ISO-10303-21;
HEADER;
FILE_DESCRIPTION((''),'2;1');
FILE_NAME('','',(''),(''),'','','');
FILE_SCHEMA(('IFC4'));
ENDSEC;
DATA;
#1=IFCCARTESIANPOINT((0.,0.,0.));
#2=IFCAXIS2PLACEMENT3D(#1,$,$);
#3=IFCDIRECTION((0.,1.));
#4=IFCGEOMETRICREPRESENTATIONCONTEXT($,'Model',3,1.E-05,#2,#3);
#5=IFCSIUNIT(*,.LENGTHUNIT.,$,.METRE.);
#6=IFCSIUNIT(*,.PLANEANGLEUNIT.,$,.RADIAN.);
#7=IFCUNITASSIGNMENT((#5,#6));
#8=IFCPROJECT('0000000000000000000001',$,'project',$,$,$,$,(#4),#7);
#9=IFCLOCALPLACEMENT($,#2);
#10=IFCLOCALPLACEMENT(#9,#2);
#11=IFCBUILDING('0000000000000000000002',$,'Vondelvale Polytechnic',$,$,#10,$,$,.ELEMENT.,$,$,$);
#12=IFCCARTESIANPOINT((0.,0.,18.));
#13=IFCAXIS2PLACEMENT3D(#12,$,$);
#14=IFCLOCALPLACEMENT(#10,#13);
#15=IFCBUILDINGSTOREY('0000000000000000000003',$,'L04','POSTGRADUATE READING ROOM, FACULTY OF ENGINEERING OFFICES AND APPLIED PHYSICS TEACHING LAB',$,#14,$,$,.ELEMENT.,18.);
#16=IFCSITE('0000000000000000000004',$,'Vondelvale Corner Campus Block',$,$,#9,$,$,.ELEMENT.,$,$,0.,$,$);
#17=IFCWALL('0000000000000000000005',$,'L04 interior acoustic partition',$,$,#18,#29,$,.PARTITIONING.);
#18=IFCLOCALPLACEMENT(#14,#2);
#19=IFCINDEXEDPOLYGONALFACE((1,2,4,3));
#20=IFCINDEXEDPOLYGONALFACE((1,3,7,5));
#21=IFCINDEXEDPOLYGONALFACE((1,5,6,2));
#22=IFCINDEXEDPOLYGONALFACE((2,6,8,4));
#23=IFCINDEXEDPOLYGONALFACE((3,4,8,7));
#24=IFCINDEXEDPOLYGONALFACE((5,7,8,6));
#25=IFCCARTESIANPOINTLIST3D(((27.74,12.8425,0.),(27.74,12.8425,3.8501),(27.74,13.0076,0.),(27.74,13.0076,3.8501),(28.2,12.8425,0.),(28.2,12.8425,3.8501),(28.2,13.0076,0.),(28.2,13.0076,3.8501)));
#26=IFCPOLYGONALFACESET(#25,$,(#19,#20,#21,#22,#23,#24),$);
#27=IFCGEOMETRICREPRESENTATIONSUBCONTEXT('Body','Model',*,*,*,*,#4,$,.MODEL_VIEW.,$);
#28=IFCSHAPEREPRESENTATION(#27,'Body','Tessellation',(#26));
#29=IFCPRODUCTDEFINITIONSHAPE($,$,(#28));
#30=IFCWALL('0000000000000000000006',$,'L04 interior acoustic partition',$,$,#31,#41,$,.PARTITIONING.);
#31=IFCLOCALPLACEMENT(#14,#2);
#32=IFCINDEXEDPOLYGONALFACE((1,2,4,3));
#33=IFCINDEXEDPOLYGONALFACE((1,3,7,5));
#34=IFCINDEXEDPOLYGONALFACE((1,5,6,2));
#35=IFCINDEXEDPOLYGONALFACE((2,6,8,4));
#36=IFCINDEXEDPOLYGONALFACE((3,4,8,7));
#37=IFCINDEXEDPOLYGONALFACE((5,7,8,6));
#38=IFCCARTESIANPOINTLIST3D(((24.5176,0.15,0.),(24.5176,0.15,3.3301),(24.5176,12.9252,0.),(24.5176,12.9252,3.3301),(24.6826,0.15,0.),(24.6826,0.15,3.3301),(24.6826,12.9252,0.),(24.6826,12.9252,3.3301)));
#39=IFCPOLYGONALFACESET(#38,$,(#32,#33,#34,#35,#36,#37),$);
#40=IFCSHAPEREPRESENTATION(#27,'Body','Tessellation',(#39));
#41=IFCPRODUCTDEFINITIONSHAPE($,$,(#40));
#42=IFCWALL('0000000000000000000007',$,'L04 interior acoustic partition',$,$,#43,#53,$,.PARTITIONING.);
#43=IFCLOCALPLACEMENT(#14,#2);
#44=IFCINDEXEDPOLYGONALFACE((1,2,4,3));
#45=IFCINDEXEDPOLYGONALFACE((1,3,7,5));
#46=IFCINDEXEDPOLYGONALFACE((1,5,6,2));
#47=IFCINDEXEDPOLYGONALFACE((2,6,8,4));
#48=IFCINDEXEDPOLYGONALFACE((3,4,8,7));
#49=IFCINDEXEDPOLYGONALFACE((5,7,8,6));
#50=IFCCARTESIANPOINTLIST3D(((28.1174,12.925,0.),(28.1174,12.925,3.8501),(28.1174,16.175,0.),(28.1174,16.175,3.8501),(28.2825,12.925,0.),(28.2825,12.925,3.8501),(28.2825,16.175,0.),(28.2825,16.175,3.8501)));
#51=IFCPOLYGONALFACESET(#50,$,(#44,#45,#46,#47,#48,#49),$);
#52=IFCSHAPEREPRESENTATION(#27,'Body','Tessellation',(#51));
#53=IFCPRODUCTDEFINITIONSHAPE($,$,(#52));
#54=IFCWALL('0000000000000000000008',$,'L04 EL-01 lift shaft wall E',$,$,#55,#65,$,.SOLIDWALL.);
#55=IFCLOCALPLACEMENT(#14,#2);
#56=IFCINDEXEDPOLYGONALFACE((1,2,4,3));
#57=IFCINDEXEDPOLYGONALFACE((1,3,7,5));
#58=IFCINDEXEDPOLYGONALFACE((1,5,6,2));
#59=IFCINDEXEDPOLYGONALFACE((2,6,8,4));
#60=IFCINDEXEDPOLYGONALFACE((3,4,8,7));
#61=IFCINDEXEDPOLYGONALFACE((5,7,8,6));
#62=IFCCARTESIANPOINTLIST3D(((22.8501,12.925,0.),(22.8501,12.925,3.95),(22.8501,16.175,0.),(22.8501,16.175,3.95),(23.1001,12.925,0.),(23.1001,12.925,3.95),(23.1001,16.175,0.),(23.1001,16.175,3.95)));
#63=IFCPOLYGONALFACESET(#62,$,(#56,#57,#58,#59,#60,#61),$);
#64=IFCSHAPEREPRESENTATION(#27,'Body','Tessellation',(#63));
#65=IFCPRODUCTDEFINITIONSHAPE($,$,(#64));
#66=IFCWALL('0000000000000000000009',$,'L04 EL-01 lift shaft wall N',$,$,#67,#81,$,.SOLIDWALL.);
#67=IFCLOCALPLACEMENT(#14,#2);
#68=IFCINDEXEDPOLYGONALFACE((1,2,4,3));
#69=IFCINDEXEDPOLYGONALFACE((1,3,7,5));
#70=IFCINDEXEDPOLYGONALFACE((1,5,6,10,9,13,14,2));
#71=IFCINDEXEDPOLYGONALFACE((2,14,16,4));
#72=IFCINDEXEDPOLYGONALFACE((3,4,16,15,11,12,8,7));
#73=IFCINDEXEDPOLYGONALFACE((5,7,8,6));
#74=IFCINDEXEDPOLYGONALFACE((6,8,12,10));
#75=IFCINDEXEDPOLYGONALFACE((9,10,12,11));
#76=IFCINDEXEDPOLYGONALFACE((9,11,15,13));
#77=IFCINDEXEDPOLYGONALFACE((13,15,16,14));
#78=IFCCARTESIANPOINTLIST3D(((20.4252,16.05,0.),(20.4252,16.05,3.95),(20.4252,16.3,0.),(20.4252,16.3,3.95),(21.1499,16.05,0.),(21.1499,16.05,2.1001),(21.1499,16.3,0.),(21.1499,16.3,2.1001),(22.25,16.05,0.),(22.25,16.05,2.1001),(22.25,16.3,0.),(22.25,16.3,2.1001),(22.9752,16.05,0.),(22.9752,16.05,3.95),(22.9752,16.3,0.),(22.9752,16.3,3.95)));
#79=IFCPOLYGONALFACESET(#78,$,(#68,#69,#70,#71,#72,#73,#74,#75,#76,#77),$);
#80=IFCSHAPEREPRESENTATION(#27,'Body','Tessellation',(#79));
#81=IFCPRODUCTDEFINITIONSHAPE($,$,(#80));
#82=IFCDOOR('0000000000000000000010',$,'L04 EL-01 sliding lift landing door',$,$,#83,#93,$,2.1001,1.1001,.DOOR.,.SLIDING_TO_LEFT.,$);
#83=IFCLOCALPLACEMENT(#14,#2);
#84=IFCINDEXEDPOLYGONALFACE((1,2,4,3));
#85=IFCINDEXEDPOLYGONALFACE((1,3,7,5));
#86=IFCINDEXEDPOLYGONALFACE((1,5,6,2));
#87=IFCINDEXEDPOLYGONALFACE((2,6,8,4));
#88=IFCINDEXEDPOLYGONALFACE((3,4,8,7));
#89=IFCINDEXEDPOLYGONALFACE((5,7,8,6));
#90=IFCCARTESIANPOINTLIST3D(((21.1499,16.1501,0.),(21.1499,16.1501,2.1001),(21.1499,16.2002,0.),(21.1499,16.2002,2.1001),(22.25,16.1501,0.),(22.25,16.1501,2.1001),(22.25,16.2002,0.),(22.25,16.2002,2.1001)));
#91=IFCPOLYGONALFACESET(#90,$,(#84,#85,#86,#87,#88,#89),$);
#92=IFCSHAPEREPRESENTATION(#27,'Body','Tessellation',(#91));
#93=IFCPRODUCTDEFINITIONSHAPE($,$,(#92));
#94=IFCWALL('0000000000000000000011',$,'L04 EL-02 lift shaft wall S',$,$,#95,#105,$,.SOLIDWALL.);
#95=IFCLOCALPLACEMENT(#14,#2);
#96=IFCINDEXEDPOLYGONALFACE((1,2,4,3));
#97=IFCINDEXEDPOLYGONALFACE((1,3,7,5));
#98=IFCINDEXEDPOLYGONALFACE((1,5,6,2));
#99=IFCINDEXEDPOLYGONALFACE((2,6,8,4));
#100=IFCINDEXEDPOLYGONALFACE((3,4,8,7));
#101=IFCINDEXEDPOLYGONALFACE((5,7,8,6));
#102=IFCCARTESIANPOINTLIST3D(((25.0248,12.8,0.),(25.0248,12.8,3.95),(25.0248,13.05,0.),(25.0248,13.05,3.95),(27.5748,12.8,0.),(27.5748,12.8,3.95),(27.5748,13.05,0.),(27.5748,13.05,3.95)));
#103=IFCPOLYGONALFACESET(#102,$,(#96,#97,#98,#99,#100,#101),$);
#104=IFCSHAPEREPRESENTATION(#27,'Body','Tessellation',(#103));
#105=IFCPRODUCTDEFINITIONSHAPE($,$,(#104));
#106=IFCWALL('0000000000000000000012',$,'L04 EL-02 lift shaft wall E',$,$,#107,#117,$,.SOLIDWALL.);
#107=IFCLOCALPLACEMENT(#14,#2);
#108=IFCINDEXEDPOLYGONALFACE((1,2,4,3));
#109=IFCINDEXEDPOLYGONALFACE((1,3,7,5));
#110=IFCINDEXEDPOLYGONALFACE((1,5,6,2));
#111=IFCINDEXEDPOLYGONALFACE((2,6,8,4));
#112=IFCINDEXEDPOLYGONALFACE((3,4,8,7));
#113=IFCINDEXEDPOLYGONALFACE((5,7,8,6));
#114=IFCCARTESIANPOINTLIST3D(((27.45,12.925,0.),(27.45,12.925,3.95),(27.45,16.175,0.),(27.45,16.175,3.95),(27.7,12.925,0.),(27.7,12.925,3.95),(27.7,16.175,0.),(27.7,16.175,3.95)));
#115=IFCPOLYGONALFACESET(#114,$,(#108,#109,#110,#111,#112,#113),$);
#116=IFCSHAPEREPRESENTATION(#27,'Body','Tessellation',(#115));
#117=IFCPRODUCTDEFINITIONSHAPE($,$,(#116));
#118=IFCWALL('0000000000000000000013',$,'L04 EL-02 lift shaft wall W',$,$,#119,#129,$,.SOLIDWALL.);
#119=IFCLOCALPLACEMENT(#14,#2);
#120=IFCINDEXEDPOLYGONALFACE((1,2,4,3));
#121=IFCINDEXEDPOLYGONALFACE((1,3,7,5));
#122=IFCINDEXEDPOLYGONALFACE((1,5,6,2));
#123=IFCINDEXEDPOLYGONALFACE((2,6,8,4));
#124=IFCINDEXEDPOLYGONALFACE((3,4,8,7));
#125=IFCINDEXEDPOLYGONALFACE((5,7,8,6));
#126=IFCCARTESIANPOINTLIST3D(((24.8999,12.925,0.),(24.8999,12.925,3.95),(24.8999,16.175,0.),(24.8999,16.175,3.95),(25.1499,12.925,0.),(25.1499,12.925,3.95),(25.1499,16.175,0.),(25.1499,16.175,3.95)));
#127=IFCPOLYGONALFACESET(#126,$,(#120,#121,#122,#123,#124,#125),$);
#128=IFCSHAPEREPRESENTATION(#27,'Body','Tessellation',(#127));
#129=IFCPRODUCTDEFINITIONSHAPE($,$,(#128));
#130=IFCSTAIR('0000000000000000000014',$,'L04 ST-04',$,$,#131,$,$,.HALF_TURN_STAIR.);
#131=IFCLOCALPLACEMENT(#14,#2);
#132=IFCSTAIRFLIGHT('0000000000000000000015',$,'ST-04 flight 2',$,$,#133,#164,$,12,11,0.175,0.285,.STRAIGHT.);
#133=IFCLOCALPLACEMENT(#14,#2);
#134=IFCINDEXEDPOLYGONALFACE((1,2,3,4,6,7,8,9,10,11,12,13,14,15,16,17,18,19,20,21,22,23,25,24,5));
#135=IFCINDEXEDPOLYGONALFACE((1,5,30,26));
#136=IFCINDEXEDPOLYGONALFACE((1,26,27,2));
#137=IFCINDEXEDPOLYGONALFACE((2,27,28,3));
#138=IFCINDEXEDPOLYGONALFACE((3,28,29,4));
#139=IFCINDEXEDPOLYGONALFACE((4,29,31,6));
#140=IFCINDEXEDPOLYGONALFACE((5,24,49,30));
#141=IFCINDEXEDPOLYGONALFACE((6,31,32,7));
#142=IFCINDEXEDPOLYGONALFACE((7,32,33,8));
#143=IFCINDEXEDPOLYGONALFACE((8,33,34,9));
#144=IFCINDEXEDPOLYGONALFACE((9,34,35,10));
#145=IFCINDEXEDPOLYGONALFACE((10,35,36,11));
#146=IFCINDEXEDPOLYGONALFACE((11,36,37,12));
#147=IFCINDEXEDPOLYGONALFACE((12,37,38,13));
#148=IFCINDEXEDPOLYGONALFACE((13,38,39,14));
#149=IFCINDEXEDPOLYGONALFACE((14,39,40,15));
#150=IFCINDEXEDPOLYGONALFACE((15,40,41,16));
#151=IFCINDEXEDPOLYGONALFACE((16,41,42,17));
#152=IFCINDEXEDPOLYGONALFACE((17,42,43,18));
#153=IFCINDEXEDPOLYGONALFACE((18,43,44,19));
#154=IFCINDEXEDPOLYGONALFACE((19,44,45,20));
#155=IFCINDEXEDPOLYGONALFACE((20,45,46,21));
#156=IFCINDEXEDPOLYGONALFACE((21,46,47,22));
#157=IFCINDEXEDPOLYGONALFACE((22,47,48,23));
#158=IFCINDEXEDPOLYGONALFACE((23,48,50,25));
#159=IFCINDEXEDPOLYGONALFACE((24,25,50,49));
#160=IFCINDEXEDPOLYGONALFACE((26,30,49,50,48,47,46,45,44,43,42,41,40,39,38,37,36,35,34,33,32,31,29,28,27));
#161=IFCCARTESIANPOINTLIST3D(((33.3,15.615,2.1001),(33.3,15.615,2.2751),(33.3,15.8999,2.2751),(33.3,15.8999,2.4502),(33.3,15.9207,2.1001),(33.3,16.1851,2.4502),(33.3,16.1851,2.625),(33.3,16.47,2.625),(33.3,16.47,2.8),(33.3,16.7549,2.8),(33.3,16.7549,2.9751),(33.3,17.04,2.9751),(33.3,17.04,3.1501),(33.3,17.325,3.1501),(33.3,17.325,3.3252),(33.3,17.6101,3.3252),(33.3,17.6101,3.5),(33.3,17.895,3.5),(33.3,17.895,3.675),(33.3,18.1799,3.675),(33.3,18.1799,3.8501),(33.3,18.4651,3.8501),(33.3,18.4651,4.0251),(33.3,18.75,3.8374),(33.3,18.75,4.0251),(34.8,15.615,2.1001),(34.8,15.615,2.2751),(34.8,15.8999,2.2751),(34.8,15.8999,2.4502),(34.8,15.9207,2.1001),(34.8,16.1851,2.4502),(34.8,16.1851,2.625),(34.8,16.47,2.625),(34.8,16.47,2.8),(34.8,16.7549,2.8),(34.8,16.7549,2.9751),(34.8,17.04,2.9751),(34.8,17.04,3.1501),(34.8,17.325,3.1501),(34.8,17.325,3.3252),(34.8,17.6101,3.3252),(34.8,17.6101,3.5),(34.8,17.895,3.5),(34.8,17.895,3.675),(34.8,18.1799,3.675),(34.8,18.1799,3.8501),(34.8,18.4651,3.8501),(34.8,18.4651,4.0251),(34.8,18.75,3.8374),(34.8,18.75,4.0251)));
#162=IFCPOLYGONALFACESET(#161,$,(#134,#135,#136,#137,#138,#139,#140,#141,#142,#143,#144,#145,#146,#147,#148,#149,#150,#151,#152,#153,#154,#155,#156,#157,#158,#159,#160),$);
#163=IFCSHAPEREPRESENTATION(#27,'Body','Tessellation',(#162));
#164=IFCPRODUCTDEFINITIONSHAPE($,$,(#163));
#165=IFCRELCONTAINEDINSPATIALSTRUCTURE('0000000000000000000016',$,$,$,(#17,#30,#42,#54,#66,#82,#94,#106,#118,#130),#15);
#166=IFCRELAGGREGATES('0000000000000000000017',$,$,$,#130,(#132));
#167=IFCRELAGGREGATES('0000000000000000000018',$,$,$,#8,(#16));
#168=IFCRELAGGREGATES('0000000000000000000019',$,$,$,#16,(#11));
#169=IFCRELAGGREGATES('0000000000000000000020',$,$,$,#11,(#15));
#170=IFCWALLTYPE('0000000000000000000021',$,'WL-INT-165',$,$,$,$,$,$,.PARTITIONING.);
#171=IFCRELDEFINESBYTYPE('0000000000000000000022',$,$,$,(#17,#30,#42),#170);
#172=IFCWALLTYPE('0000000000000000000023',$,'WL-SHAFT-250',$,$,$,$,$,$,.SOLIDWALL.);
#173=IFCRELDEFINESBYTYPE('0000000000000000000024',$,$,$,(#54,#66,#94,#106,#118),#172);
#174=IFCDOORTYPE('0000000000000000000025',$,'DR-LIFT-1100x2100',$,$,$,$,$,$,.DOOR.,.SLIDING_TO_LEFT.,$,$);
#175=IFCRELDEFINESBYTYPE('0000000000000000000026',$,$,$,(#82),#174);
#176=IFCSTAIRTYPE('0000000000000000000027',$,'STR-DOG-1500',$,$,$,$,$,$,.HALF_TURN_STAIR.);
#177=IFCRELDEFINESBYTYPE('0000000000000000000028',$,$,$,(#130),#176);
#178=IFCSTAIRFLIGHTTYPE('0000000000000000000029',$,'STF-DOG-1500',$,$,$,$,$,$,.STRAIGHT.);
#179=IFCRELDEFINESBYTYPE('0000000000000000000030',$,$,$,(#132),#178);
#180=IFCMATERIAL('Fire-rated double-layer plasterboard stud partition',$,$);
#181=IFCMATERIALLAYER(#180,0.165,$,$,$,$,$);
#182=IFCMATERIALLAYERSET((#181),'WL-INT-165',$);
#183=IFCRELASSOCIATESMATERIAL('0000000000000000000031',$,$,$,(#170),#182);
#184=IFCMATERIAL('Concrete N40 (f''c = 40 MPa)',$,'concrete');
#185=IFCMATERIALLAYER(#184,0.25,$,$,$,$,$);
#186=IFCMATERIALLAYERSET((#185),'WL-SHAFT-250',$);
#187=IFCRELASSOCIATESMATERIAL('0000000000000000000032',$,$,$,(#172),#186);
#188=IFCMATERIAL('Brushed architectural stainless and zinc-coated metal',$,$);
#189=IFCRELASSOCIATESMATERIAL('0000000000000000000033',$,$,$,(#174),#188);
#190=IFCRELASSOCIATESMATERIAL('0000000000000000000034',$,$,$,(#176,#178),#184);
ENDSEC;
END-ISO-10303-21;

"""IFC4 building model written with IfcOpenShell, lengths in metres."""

from ifc_helpers import new_model, si_unit, direction, frame, frame_2d, origin, place, context, subcontext, project, spatial, polyline, rectangle, outline, extrude, material, layer, layer_set, type_object, element, fill, aggregate, save


model = new_model("IFC4")

# Units and contexts
model_context = context("Model", 3, precision=1e-05, world=origin(), true_north=direction((0.0, 1.0)))
body_context = subcontext(model_context, "Body", "Model", "MODEL_VIEW")
ifc_project = project(units=[si_unit("LENGTHUNIT", "METRE"), si_unit("PLANEANGLEUNIT", "RADIAN")], contexts=[model_context])

# Site, building, storey
site_placement = place(None, origin())
site = spatial("IfcSite", under=ifc_project, at=site_placement, Name="Vondelvale Corner Campus Block", CompositionType="ELEMENT", RefElevation=0.0)
building_placement = place(site_placement, origin())
building = spatial("IfcBuilding", under=site, at=building_placement, Name="Vondelvale Polytechnic", CompositionType="ELEMENT")
storey_placement = place(building_placement, frame((0.0, 0.0, 18.0)))
storey = spatial("IfcBuildingStorey", under=building, at=storey_placement, Name="L04", Description="POSTGRADUATE READING ROOM, FACULTY OF ENGINEERING OFFICES AND APPLIED PHYSICS TEACHING LAB", CompositionType="ELEMENT", Elevation=18.0)

# Shared definitions
ifc_material_1 = material(Name="Concrete N40 (f'c = 40 MPa)", Category="concrete")

# Walls
ifc_material_2 = material(Name="Fire-rated double-layer plasterboard stud partition")
ifc_layer_1 = layer(ifc_material_2, 0.165)
ifc_layer_set_1 = layer_set([ifc_layer_1], Name="WL-INT-165")
wall_type_1 = type_object("IfcWallType", Name="WL-INT-165", PredefinedType="PARTITIONING", material=ifc_layer_set_1)
wall_1_placement = place(storey_placement, frame((27.74, 12.925, 0.0), z_axis=(0.0, 0.0, 1.0), x_axis=(1.0, 0.0, 0.0)))
element("IfcWall", 1, at=wall_1_placement, inside=storey, type_object=wall_type_1, Name="L04 interior acoustic partition", PredefinedType="PARTITIONING", context=body_context, shape_type="SweptSolid", body=[
    extrude(rectangle(XDim=0.46, YDim=0.165, at=frame_2d((0.23, 0.0))), origin(), (0.0, 0.0, 1.0), 3.8501),
])
wall_2_placement = place(storey_placement, frame((24.6001, 0.1499, 0.0), z_axis=(0.0, 0.0, 1.0), x_axis=(0.0, 1.0, 0.0)))
element("IfcWall", 2, at=wall_2_placement, inside=storey, type_object=wall_type_1, Name="L04 interior acoustic partition", PredefinedType="PARTITIONING", context=body_context, shape_type="SweptSolid", body=[
    extrude(rectangle(XDim=12.7751, YDim=0.165, at=frame_2d((6.3877, 0.0))), origin(), (0.0, 0.0, 1.0), 3.3301),
])
wall_3_placement = place(storey_placement, frame((28.2, 12.925, 0.0), z_axis=(0.0, 0.0, 1.0), x_axis=(0.0, 1.0, 0.0)))
element("IfcWall", 3, at=wall_3_placement, inside=storey, type_object=wall_type_1, Name="L04 interior acoustic partition", PredefinedType="PARTITIONING", context=body_context, shape_type="SweptSolid", body=[
    extrude(rectangle(XDim=3.25, YDim=0.165, at=frame_2d((1.625, 0.0))), origin(), (0.0, 0.0, 1.0), 3.8501),
])
ifc_layer_2 = layer(ifc_material_1, 0.25)
ifc_layer_set_2 = layer_set([ifc_layer_2], Name="WL-SHAFT-250")
wall_type_2 = type_object("IfcWallType", Name="WL-SHAFT-250", PredefinedType="SOLIDWALL", material=ifc_layer_set_2)
wall_4_placement = place(storey_placement, frame((22.9751, 12.925, 0.0), z_axis=(0.0, 0.0, 1.0), x_axis=(0.0, 1.0, 0.0)))
element("IfcWall", 4, at=wall_4_placement, inside=storey, type_object=wall_type_2, Name="L04 EL-01 lift shaft wall E", PredefinedType="SOLIDWALL", context=body_context, shape_type="SweptSolid", body=[
    extrude(rectangle(XDim=3.25, YDim=0.25, at=frame_2d((1.625, 0.0))), origin(), (0.0, 0.0, 1.0), 3.95),
])

# Wall, opening, door
wall_5_placement = place(storey_placement, frame((22.9751, 16.175, 0.0), z_axis=(0.0, 0.0, 1.0), x_axis=(-1.0, 0.0, 0.0)))
wall_5 = element("IfcWall", 5, at=wall_5_placement, inside=storey, type_object=wall_type_2, Name="L04 EL-01 lift shaft wall N", PredefinedType="SOLIDWALL", context=body_context, shape_type="SweptSolid", body=[
    extrude(rectangle(XDim=2.55, YDim=0.25, at=frame_2d((1.2749, 0.0))), origin(), (0.0, 0.0, 1.0), 3.95),
])
opening_placement = place(wall_5_placement, frame((0.7251, 0.0, 0.0)))
opening = element("IfcOpeningElement", 6, at=opening_placement, cuts=wall_5, PredefinedType="OPENING", context=body_context, shape_type="SweptSolid", body=[
    extrude(rectangle(XDim=1.1001, YDim=2.1001, at=frame_2d((0.55, 1.05))), frame((0.0, 0.135, 0.0), z_axis=(0.0, -1.0, 0.0), x_axis=(1.0, 0.0, 0.0)), (0.0, 0.0, 1.0), 0.27),
])
ifc_material_3 = material(Name="Brushed architectural stainless and zinc-coated metal")
door_type = type_object("IfcDoorType", Name="DR-LIFT-1100x2100", OperationType="SLIDING_TO_LEFT", PredefinedType="DOOR", material=ifc_material_3)
door_placement = place(opening_placement, origin())
door = element("IfcDoor", 7, at=door_placement, inside=storey, type_object=door_type, Name="L04 EL-01 sliding lift landing door", OperationType="SLIDING_TO_LEFT", OverallHeight=2.1001, OverallWidth=1.1001, PredefinedType="DOOR", context=body_context, shape_type="SweptSolid", body=[
    extrude(rectangle(XDim=1.1001, YDim=2.1001, at=frame_2d((0.55, 1.05))), frame((0.0, 0.0249, 0.0), z_axis=(0.0, -1.0, 0.0), x_axis=(1.0, 0.0, 0.0)), (0.0, 0.0, 1.0), 0.05),
])
fill(opening, door)

# Walls
wall_6_placement = place(storey_placement, frame((25.0249, 12.925, 0.0), z_axis=(0.0, 0.0, 1.0), x_axis=(1.0, 0.0, 0.0)))
element("IfcWall", 8, at=wall_6_placement, inside=storey, type_object=wall_type_2, Name="L04 EL-02 lift shaft wall S", PredefinedType="SOLIDWALL", context=body_context, shape_type="SweptSolid", body=[
    extrude(rectangle(XDim=2.55, YDim=0.25, at=frame_2d((1.2749, 0.0))), origin(), (0.0, 0.0, 1.0), 3.95),
])
for number, where, z_axis, x_axis, name in (
    (9, (27.575, 12.925, 0.0), (0.0, 0.0, 1.0), (0.0, 1.0, 0.0), "L04 EL-02 lift shaft wall E"),
    (10, (25.0249, 16.175, 0.0), (0.0, 0.0, 1.0), (0.0, -1.0, 0.0), "L04 EL-02 lift shaft wall W"),
):
    element("IfcWall", number, at=place(storey_placement, frame(where, z_axis=z_axis, x_axis=x_axis)), inside=storey, type_object=wall_type_2, Name=name, PredefinedType="SOLIDWALL", context=body_context, shape_type="SweptSolid", body=[
        extrude(rectangle(XDim=3.25, YDim=0.25, at=frame_2d((1.625, 0.0))), origin(), (0.0, 0.0, 1.0), 3.95),
    ])

# Stair, stair flight
stair_type = type_object("IfcStairType", Name="STR-DOG-1500", PredefinedType="HALF_TURN_STAIR", material=ifc_material_1)
stair_placement = place(storey_placement, origin())
stair = element("IfcStair", 11, at=stair_placement, inside=storey, type_object=stair_type, Name="L04 ST-04", PredefinedType="HALF_TURN_STAIR")
stair_flight_type = type_object("IfcStairFlightType", Name="STF-DOG-1500", PredefinedType="STRAIGHT", material=ifc_material_1)
stair_flight_placement = place(storey_placement, frame((34.05, 15.615, 2.1001), z_axis=(0.0, 0.0, 1.0), x_axis=(0.0, 1.0, 0.0)))
stair_flight = element("IfcStairFlight", 12, at=stair_flight_placement, type_object=stair_flight_type, Name="ST-04 flight 2", NumberOfRisers=12, NumberOfTreads=11, PredefinedType="STRAIGHT", RiserHeight=0.175, TreadLength=0.285, context=body_context, shape_type="SweptSolid", body=[
    extrude(outline(polyline([(0.0, 0.0), (0.0, 0.175), (0.2849, 0.175), (0.2849, 0.3501), (0.5701, 0.3501), (0.5701, 0.5249), (0.855, 0.5249), (0.855, 0.7), (1.1399, 0.7), (1.1399, 0.875), (1.425, 0.875), (1.425, 1.05), (1.71, 1.05), (1.71, 1.2251), (1.9951, 1.2251), (1.9951, 1.3999), (2.28, 1.3999), (2.28, 1.575), (2.5649, 1.575), (2.5649, 1.75), (2.8501, 1.75), (2.8501, 1.925), (3.135, 1.925), (3.135, 2.1001), (3.135, 1.7373), (0.3057, 0.0), (0.0, 0.0)])), frame((0.0, 0.75, 0.0), z_axis=(0.0, -1.0, 0.0), x_axis=(1.0, 0.0, 0.0)), (0.0, 0.0, 1.0), 1.5),
])
aggregate(stair, [stair_flight])

save(model, "model.ifc")
